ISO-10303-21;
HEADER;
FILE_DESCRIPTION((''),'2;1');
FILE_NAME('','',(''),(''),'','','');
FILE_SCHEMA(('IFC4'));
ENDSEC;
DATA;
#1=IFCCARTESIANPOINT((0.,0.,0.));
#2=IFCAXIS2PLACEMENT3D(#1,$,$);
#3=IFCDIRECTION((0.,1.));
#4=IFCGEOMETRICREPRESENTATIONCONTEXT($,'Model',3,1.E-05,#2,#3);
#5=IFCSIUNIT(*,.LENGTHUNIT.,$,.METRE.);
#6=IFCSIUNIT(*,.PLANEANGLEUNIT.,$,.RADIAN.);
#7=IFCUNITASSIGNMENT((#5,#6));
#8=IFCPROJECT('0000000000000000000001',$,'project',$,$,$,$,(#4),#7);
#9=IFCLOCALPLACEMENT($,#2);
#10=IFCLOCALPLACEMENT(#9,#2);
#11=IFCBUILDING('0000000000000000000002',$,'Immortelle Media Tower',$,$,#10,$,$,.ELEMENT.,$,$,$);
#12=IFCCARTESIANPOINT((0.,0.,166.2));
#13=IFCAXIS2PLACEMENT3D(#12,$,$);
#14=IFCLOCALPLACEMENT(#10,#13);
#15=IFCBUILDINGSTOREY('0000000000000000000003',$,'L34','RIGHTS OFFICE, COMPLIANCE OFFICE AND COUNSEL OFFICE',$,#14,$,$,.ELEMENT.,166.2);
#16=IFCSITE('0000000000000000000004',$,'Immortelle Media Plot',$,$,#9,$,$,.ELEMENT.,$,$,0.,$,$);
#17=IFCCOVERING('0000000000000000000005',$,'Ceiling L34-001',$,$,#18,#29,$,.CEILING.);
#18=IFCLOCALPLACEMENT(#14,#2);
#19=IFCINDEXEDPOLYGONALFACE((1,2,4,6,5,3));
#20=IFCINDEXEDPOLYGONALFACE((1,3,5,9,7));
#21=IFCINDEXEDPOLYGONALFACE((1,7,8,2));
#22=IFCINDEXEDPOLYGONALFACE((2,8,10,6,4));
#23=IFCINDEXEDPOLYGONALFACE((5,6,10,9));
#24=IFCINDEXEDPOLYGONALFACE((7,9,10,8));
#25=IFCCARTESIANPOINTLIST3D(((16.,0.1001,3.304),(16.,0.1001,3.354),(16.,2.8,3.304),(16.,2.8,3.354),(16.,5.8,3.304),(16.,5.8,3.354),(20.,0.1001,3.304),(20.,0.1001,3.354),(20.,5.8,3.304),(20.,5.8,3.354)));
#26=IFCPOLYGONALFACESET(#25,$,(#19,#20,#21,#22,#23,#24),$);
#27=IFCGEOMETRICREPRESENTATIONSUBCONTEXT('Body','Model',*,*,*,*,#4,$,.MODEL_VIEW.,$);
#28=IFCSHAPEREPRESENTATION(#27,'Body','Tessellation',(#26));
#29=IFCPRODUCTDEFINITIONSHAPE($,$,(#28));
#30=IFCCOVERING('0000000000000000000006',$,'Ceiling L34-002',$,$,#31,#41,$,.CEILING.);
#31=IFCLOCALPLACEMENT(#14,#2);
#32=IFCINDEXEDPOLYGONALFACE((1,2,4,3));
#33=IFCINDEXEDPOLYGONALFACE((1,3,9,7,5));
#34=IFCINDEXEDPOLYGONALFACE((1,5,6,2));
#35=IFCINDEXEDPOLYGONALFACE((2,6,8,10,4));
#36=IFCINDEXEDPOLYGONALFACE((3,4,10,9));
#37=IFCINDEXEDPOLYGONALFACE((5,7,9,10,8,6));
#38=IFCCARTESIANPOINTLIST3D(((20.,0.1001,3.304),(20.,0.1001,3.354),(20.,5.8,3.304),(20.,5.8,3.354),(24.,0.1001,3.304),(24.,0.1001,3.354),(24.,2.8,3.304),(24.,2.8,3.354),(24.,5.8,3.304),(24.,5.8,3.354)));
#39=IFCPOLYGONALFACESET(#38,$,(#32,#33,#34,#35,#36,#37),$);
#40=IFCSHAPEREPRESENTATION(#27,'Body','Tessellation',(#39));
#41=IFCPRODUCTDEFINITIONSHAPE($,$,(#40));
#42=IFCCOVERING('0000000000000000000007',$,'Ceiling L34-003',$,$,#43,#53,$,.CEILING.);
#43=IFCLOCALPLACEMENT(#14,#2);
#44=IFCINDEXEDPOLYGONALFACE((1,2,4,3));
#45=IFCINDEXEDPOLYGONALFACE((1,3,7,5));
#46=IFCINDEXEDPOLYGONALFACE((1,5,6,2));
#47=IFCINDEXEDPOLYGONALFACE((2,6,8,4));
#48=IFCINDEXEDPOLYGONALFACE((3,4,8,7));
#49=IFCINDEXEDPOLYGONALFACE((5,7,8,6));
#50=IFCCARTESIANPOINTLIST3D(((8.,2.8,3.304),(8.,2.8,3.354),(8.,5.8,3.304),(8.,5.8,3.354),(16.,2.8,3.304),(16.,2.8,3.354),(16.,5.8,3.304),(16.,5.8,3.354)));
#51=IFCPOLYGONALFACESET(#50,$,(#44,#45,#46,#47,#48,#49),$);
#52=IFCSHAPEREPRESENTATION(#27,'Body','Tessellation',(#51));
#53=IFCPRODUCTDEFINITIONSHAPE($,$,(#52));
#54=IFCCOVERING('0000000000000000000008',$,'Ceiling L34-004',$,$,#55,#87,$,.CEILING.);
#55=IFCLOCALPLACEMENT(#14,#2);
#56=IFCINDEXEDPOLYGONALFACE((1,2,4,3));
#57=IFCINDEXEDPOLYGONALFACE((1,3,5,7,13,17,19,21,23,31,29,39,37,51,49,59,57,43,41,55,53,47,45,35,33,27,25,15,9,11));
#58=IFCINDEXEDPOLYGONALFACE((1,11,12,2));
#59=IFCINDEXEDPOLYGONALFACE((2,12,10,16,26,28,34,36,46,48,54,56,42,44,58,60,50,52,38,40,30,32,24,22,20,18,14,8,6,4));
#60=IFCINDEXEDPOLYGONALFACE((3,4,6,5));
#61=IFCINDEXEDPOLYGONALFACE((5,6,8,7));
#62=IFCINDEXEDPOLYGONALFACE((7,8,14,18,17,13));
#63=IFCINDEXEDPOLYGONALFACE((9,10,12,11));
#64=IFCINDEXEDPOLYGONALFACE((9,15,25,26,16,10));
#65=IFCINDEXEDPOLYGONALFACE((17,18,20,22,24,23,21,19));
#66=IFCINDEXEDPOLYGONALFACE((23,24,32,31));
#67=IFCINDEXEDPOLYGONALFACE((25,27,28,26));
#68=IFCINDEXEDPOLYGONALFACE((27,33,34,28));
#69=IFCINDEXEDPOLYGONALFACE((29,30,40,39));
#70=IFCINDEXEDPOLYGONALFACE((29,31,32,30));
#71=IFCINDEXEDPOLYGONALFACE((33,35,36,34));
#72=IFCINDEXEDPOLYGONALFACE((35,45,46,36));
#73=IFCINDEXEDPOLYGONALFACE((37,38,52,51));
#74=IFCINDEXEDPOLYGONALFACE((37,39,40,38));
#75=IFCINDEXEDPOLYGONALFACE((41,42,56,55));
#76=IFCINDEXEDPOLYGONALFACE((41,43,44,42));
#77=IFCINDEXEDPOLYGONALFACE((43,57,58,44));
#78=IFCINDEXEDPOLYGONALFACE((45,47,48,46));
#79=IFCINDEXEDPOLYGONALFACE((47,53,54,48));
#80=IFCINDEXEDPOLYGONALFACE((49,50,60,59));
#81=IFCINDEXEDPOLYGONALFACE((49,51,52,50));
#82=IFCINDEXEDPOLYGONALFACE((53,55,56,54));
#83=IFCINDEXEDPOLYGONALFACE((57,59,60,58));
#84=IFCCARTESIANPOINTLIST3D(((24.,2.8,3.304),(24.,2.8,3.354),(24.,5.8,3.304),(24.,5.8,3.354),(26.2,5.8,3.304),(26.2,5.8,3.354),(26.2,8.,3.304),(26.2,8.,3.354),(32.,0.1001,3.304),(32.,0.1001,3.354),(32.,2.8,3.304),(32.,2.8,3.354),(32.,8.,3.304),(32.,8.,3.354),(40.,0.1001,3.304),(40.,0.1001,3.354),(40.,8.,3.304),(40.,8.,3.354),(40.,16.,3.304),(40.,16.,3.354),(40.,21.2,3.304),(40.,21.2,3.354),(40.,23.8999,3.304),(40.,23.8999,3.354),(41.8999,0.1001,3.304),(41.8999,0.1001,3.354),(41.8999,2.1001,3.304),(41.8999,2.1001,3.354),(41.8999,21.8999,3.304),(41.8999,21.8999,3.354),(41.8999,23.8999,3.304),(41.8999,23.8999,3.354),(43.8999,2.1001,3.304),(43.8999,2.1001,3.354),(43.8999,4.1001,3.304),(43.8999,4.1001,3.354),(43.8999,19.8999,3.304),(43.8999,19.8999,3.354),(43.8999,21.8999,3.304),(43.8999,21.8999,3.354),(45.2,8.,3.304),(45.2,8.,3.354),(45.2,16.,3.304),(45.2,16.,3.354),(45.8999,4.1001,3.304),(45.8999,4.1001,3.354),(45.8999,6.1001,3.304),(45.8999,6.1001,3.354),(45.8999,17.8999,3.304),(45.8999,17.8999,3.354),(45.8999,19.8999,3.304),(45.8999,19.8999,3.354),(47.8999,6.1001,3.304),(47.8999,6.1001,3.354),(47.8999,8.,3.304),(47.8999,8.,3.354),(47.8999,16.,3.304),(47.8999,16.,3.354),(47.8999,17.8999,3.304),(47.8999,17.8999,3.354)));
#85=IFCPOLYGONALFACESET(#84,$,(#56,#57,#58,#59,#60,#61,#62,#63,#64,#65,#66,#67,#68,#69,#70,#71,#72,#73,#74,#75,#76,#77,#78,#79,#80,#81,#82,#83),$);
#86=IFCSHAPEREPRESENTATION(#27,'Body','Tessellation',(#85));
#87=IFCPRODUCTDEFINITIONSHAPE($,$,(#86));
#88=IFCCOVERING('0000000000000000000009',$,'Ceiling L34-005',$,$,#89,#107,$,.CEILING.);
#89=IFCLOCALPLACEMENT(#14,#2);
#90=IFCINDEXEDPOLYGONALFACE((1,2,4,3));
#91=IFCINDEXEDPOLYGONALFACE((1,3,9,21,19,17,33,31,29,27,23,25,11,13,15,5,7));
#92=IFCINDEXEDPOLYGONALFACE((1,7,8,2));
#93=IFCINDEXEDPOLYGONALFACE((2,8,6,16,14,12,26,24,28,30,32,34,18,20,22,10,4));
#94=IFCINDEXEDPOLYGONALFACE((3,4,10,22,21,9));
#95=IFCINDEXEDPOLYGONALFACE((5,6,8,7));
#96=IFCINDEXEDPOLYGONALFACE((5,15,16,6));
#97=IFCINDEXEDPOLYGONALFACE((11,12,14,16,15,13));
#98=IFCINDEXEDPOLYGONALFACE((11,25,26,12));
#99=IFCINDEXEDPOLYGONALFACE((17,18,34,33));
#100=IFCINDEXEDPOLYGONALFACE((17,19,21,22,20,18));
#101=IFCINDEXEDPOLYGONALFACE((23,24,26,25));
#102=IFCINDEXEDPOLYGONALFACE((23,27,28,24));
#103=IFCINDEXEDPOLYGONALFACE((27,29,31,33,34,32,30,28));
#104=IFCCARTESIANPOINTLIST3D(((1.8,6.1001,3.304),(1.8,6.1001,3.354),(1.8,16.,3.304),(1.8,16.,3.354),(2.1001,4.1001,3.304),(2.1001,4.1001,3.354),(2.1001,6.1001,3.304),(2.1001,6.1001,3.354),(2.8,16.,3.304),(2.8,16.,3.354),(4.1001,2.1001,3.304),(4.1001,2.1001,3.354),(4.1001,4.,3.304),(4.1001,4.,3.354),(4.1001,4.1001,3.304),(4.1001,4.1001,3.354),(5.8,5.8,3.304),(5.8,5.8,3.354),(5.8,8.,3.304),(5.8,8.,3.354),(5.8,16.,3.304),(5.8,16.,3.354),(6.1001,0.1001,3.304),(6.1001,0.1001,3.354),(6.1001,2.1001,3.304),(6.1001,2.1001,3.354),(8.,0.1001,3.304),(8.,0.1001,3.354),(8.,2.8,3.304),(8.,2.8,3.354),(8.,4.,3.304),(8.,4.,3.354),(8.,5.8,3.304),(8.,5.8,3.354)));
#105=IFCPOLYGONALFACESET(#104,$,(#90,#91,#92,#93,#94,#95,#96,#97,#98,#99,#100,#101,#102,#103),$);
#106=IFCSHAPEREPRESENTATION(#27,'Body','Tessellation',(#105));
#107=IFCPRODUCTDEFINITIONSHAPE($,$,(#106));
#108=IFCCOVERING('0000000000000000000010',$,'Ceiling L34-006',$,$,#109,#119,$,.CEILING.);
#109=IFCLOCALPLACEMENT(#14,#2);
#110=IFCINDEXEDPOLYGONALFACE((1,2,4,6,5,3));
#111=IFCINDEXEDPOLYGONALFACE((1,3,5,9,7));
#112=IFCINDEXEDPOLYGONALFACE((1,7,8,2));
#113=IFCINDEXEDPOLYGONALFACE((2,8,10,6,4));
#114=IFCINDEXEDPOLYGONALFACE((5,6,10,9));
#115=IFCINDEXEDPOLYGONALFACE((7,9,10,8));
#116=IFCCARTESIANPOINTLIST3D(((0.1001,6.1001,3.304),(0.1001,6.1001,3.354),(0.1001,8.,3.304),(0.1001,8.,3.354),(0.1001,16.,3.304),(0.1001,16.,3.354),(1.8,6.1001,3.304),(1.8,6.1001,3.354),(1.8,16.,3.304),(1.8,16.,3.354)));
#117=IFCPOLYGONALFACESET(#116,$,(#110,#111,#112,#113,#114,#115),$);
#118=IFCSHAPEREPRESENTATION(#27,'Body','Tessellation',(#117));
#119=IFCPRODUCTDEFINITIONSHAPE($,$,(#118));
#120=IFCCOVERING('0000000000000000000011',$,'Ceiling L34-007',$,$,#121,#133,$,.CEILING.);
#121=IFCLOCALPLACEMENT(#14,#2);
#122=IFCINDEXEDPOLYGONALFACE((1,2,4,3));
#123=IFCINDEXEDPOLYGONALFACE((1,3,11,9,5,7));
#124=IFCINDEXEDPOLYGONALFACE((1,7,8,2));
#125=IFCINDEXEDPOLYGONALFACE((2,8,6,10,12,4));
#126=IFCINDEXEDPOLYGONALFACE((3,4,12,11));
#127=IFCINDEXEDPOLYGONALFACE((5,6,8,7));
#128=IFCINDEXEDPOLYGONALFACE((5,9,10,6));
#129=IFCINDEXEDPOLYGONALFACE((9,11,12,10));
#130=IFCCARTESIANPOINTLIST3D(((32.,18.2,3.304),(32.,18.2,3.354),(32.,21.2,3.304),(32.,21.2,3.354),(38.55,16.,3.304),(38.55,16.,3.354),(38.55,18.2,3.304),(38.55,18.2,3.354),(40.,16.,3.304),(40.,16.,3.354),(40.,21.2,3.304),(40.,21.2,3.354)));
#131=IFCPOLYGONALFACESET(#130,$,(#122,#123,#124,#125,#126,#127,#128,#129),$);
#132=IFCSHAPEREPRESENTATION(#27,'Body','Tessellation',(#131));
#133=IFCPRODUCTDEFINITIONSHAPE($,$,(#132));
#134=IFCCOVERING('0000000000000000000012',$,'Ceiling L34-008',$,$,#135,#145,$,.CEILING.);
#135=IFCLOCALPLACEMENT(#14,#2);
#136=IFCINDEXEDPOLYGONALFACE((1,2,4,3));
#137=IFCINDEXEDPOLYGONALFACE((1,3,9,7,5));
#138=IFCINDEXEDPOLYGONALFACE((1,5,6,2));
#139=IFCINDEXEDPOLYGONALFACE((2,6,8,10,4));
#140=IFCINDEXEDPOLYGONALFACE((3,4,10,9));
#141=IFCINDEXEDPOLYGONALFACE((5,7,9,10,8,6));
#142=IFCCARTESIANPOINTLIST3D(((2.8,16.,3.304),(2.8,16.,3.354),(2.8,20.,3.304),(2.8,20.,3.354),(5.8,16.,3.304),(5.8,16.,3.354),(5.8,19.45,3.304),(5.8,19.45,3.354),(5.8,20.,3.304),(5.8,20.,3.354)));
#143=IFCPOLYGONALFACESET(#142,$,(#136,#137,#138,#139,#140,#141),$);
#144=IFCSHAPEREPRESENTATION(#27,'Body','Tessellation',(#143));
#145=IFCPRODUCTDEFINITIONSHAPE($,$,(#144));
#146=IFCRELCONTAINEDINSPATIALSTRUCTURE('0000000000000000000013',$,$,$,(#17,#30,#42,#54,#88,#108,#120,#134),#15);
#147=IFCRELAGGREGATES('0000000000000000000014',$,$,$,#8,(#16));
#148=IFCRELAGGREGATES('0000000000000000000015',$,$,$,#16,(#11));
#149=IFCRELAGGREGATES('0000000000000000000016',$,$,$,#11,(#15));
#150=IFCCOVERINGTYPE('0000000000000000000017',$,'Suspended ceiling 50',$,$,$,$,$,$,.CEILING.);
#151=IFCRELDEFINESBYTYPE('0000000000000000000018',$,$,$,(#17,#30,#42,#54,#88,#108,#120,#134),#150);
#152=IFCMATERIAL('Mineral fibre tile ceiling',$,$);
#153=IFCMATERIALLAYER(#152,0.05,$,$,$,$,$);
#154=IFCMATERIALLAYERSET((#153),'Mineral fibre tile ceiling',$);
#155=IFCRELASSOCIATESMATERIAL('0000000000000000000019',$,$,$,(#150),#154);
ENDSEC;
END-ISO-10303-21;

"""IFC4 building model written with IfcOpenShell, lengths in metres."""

from ifc_helpers import new_model, si_unit, direction, frame, origin, place, context, subcontext, project, spatial, polyline, outline, extrude, material, layer, layer_set, type_object, element, save


model = new_model("IFC4")

# Units and contexts
model_context = context("Model", 3, precision=1e-05, world=origin(), true_north=direction((0.0, 1.0)))
body_context = subcontext(model_context, "Body", "Model", "MODEL_VIEW")
ifc_project = project(units=[si_unit("LENGTHUNIT", "METRE"), si_unit("PLANEANGLEUNIT", "RADIAN")], contexts=[model_context])

# Site, building, storey
site_placement = place(None, origin())
site = spatial("IfcSite", under=ifc_project, at=site_placement, Name="Immortelle Media Plot", CompositionType="ELEMENT", RefElevation=0.0)
building_placement = place(site_placement, origin())
building = spatial("IfcBuilding", under=site, at=building_placement, Name="Immortelle Media Tower", CompositionType="ELEMENT")
storey_placement = place(building_placement, frame((0.0, 0.0, 166.2)))
storey = spatial("IfcBuildingStorey", under=building, at=storey_placement, Name="L34", Description="RIGHTS OFFICE, COMPLIANCE OFFICE AND COUNSEL OFFICE", CompositionType="ELEMENT", Elevation=166.2)

# Coverings
ifc_material_1 = material(Name="Mineral fibre tile ceiling")
ifc_layer_1 = layer(ifc_material_1, 0.05)
ifc_layer_set_1 = layer_set([ifc_layer_1], Name="Mineral fibre tile ceiling")
covering_type = type_object("IfcCoveringType", Name="Suspended ceiling 50", PredefinedType="CEILING", material=ifc_layer_set_1)
covering_1_placement = place(storey_placement, frame((0.0, 0.0, 3.304)))
element("IfcCovering", 1, at=covering_1_placement, inside=storey, type_object=covering_type, Name="Ceiling L34-001", PredefinedType="CEILING", context=body_context, shape_type="SweptSolid", body=[
    extrude(outline(polyline([(16.0, 2.8), (16.0, 5.8), (20.0, 5.8), (20.0, 0.1001), (16.0, 0.1001), (16.0, 2.8)])), origin(), (0.0, 0.0, 1.0), 0.05),
])
covering_2_placement = place(storey_placement, frame((0.0, 0.0, 3.304)))
element("IfcCovering", 2, at=covering_2_placement, inside=storey, type_object=covering_type, Name="Ceiling L34-002", PredefinedType="CEILING", context=body_context, shape_type="SweptSolid", body=[
    extrude(outline(polyline([(24.0, 5.8), (24.0, 2.8), (24.0, 0.1001), (20.0, 0.1001), (20.0, 5.8), (24.0, 5.8)])), origin(), (0.0, 0.0, 1.0), 0.05),
])
covering_3_placement = place(storey_placement, frame((0.0, 0.0, 3.304)))
element("IfcCovering", 3, at=covering_3_placement, inside=storey, type_object=covering_type, Name="Ceiling L34-003", PredefinedType="CEILING", context=body_context, shape_type="SweptSolid", body=[
    extrude(outline(polyline([(8.0, 2.8), (8.0, 5.8), (16.0, 5.8), (16.0, 2.8), (8.0, 2.8)])), origin(), (0.0, 0.0, 1.0), 0.05),
])
covering_4_placement = place(storey_placement, frame((0.0, 0.0, 3.304)))
element("IfcCovering", 4, at=covering_4_placement, inside=storey, type_object=covering_type, Name="Ceiling L34-004", PredefinedType="CEILING", context=body_context, shape_type="SweptSolid", body=[
    extrude(outline(polyline([(26.2, 5.8), (26.2, 8.0), (32.0, 8.0), (40.0, 8.0), (40.0, 16.0), (40.0, 21.2), (40.0, 23.8999), (41.8999, 23.8999), (41.8999, 21.8999), (43.8999, 21.8999), (43.8999, 19.8999), (45.8999, 19.8999), (45.8999, 17.8999), (47.8999, 17.8999), (47.8999, 16.0), (45.2, 16.0), (45.2, 8.0), (47.8999, 8.0), (47.8999, 6.1001), (45.8999, 6.1001), (45.8999, 4.1001), (43.8999, 4.1001), (43.8999, 2.1001), (41.8999, 2.1001), (41.8999, 0.1001), (40.0, 0.1001), (32.0, 0.1001), (32.0, 2.8), (24.0, 2.8), (24.0, 5.8), (26.2, 5.8)])), origin(), (0.0, 0.0, 1.0), 0.05),
])
covering_5_placement = place(storey_placement, frame((0.0, 0.0, 3.304)))
element("IfcCovering", 5, at=covering_5_placement, inside=storey, type_object=covering_type, Name="Ceiling L34-005", PredefinedType="CEILING", context=body_context, shape_type="SweptSolid", body=[
    extrude(outline(polyline([(4.1001, 4.1001), (2.1001, 4.1001), (2.1001, 6.1001), (1.8, 6.1001), (1.8, 16.0), (2.8, 16.0), (5.8, 16.0), (5.8, 8.0), (5.8, 5.8), (8.0, 5.8), (8.0, 4.0), (8.0, 2.8), (8.0, 0.1001), (6.1001, 0.1001), (6.1001, 2.1001), (4.1001, 2.1001), (4.1001, 4.0), (4.1001, 4.1001)])), origin(), (0.0, 0.0, 1.0), 0.05),
])
covering_6_placement = place(storey_placement, frame((0.0, 0.0, 3.304)))
element("IfcCovering", 6, at=covering_6_placement, inside=storey, type_object=covering_type, Name="Ceiling L34-006", PredefinedType="CEILING", context=body_context, shape_type="SweptSolid", body=[
    extrude(outline(polyline([(0.1001, 6.1001), (0.1001, 8.0), (0.1001, 16.0), (1.8, 16.0), (1.8, 6.1001), (0.1001, 6.1001)])), origin(), (0.0, 0.0, 1.0), 0.05),
])
covering_7_placement = place(storey_placement, frame((0.0, 0.0, 3.304)))
element("IfcCovering", 7, at=covering_7_placement, inside=storey, type_object=covering_type, Name="Ceiling L34-007", PredefinedType="CEILING", context=body_context, shape_type="SweptSolid", body=[
    extrude(outline(polyline([(38.55, 16.0), (38.55, 18.2), (32.0, 18.2), (32.0, 21.2), (40.0, 21.2), (40.0, 16.0), (38.55, 16.0)])), origin(), (0.0, 0.0, 1.0), 0.05),
])
covering_8_placement = place(storey_placement, frame((0.0, 0.0, 3.304)))
element("IfcCovering", 8, at=covering_8_placement, inside=storey, type_object=covering_type, Name="Ceiling L34-008", PredefinedType="CEILING", context=body_context, shape_type="SweptSolid", body=[
    extrude(outline(polyline([(5.8, 16.0), (2.8, 16.0), (2.8, 20.0), (5.8, 20.0), (5.8, 19.45), (5.8, 16.0)])), origin(), (0.0, 0.0, 1.0), 0.05),
])

save(model, "model.ifc")
